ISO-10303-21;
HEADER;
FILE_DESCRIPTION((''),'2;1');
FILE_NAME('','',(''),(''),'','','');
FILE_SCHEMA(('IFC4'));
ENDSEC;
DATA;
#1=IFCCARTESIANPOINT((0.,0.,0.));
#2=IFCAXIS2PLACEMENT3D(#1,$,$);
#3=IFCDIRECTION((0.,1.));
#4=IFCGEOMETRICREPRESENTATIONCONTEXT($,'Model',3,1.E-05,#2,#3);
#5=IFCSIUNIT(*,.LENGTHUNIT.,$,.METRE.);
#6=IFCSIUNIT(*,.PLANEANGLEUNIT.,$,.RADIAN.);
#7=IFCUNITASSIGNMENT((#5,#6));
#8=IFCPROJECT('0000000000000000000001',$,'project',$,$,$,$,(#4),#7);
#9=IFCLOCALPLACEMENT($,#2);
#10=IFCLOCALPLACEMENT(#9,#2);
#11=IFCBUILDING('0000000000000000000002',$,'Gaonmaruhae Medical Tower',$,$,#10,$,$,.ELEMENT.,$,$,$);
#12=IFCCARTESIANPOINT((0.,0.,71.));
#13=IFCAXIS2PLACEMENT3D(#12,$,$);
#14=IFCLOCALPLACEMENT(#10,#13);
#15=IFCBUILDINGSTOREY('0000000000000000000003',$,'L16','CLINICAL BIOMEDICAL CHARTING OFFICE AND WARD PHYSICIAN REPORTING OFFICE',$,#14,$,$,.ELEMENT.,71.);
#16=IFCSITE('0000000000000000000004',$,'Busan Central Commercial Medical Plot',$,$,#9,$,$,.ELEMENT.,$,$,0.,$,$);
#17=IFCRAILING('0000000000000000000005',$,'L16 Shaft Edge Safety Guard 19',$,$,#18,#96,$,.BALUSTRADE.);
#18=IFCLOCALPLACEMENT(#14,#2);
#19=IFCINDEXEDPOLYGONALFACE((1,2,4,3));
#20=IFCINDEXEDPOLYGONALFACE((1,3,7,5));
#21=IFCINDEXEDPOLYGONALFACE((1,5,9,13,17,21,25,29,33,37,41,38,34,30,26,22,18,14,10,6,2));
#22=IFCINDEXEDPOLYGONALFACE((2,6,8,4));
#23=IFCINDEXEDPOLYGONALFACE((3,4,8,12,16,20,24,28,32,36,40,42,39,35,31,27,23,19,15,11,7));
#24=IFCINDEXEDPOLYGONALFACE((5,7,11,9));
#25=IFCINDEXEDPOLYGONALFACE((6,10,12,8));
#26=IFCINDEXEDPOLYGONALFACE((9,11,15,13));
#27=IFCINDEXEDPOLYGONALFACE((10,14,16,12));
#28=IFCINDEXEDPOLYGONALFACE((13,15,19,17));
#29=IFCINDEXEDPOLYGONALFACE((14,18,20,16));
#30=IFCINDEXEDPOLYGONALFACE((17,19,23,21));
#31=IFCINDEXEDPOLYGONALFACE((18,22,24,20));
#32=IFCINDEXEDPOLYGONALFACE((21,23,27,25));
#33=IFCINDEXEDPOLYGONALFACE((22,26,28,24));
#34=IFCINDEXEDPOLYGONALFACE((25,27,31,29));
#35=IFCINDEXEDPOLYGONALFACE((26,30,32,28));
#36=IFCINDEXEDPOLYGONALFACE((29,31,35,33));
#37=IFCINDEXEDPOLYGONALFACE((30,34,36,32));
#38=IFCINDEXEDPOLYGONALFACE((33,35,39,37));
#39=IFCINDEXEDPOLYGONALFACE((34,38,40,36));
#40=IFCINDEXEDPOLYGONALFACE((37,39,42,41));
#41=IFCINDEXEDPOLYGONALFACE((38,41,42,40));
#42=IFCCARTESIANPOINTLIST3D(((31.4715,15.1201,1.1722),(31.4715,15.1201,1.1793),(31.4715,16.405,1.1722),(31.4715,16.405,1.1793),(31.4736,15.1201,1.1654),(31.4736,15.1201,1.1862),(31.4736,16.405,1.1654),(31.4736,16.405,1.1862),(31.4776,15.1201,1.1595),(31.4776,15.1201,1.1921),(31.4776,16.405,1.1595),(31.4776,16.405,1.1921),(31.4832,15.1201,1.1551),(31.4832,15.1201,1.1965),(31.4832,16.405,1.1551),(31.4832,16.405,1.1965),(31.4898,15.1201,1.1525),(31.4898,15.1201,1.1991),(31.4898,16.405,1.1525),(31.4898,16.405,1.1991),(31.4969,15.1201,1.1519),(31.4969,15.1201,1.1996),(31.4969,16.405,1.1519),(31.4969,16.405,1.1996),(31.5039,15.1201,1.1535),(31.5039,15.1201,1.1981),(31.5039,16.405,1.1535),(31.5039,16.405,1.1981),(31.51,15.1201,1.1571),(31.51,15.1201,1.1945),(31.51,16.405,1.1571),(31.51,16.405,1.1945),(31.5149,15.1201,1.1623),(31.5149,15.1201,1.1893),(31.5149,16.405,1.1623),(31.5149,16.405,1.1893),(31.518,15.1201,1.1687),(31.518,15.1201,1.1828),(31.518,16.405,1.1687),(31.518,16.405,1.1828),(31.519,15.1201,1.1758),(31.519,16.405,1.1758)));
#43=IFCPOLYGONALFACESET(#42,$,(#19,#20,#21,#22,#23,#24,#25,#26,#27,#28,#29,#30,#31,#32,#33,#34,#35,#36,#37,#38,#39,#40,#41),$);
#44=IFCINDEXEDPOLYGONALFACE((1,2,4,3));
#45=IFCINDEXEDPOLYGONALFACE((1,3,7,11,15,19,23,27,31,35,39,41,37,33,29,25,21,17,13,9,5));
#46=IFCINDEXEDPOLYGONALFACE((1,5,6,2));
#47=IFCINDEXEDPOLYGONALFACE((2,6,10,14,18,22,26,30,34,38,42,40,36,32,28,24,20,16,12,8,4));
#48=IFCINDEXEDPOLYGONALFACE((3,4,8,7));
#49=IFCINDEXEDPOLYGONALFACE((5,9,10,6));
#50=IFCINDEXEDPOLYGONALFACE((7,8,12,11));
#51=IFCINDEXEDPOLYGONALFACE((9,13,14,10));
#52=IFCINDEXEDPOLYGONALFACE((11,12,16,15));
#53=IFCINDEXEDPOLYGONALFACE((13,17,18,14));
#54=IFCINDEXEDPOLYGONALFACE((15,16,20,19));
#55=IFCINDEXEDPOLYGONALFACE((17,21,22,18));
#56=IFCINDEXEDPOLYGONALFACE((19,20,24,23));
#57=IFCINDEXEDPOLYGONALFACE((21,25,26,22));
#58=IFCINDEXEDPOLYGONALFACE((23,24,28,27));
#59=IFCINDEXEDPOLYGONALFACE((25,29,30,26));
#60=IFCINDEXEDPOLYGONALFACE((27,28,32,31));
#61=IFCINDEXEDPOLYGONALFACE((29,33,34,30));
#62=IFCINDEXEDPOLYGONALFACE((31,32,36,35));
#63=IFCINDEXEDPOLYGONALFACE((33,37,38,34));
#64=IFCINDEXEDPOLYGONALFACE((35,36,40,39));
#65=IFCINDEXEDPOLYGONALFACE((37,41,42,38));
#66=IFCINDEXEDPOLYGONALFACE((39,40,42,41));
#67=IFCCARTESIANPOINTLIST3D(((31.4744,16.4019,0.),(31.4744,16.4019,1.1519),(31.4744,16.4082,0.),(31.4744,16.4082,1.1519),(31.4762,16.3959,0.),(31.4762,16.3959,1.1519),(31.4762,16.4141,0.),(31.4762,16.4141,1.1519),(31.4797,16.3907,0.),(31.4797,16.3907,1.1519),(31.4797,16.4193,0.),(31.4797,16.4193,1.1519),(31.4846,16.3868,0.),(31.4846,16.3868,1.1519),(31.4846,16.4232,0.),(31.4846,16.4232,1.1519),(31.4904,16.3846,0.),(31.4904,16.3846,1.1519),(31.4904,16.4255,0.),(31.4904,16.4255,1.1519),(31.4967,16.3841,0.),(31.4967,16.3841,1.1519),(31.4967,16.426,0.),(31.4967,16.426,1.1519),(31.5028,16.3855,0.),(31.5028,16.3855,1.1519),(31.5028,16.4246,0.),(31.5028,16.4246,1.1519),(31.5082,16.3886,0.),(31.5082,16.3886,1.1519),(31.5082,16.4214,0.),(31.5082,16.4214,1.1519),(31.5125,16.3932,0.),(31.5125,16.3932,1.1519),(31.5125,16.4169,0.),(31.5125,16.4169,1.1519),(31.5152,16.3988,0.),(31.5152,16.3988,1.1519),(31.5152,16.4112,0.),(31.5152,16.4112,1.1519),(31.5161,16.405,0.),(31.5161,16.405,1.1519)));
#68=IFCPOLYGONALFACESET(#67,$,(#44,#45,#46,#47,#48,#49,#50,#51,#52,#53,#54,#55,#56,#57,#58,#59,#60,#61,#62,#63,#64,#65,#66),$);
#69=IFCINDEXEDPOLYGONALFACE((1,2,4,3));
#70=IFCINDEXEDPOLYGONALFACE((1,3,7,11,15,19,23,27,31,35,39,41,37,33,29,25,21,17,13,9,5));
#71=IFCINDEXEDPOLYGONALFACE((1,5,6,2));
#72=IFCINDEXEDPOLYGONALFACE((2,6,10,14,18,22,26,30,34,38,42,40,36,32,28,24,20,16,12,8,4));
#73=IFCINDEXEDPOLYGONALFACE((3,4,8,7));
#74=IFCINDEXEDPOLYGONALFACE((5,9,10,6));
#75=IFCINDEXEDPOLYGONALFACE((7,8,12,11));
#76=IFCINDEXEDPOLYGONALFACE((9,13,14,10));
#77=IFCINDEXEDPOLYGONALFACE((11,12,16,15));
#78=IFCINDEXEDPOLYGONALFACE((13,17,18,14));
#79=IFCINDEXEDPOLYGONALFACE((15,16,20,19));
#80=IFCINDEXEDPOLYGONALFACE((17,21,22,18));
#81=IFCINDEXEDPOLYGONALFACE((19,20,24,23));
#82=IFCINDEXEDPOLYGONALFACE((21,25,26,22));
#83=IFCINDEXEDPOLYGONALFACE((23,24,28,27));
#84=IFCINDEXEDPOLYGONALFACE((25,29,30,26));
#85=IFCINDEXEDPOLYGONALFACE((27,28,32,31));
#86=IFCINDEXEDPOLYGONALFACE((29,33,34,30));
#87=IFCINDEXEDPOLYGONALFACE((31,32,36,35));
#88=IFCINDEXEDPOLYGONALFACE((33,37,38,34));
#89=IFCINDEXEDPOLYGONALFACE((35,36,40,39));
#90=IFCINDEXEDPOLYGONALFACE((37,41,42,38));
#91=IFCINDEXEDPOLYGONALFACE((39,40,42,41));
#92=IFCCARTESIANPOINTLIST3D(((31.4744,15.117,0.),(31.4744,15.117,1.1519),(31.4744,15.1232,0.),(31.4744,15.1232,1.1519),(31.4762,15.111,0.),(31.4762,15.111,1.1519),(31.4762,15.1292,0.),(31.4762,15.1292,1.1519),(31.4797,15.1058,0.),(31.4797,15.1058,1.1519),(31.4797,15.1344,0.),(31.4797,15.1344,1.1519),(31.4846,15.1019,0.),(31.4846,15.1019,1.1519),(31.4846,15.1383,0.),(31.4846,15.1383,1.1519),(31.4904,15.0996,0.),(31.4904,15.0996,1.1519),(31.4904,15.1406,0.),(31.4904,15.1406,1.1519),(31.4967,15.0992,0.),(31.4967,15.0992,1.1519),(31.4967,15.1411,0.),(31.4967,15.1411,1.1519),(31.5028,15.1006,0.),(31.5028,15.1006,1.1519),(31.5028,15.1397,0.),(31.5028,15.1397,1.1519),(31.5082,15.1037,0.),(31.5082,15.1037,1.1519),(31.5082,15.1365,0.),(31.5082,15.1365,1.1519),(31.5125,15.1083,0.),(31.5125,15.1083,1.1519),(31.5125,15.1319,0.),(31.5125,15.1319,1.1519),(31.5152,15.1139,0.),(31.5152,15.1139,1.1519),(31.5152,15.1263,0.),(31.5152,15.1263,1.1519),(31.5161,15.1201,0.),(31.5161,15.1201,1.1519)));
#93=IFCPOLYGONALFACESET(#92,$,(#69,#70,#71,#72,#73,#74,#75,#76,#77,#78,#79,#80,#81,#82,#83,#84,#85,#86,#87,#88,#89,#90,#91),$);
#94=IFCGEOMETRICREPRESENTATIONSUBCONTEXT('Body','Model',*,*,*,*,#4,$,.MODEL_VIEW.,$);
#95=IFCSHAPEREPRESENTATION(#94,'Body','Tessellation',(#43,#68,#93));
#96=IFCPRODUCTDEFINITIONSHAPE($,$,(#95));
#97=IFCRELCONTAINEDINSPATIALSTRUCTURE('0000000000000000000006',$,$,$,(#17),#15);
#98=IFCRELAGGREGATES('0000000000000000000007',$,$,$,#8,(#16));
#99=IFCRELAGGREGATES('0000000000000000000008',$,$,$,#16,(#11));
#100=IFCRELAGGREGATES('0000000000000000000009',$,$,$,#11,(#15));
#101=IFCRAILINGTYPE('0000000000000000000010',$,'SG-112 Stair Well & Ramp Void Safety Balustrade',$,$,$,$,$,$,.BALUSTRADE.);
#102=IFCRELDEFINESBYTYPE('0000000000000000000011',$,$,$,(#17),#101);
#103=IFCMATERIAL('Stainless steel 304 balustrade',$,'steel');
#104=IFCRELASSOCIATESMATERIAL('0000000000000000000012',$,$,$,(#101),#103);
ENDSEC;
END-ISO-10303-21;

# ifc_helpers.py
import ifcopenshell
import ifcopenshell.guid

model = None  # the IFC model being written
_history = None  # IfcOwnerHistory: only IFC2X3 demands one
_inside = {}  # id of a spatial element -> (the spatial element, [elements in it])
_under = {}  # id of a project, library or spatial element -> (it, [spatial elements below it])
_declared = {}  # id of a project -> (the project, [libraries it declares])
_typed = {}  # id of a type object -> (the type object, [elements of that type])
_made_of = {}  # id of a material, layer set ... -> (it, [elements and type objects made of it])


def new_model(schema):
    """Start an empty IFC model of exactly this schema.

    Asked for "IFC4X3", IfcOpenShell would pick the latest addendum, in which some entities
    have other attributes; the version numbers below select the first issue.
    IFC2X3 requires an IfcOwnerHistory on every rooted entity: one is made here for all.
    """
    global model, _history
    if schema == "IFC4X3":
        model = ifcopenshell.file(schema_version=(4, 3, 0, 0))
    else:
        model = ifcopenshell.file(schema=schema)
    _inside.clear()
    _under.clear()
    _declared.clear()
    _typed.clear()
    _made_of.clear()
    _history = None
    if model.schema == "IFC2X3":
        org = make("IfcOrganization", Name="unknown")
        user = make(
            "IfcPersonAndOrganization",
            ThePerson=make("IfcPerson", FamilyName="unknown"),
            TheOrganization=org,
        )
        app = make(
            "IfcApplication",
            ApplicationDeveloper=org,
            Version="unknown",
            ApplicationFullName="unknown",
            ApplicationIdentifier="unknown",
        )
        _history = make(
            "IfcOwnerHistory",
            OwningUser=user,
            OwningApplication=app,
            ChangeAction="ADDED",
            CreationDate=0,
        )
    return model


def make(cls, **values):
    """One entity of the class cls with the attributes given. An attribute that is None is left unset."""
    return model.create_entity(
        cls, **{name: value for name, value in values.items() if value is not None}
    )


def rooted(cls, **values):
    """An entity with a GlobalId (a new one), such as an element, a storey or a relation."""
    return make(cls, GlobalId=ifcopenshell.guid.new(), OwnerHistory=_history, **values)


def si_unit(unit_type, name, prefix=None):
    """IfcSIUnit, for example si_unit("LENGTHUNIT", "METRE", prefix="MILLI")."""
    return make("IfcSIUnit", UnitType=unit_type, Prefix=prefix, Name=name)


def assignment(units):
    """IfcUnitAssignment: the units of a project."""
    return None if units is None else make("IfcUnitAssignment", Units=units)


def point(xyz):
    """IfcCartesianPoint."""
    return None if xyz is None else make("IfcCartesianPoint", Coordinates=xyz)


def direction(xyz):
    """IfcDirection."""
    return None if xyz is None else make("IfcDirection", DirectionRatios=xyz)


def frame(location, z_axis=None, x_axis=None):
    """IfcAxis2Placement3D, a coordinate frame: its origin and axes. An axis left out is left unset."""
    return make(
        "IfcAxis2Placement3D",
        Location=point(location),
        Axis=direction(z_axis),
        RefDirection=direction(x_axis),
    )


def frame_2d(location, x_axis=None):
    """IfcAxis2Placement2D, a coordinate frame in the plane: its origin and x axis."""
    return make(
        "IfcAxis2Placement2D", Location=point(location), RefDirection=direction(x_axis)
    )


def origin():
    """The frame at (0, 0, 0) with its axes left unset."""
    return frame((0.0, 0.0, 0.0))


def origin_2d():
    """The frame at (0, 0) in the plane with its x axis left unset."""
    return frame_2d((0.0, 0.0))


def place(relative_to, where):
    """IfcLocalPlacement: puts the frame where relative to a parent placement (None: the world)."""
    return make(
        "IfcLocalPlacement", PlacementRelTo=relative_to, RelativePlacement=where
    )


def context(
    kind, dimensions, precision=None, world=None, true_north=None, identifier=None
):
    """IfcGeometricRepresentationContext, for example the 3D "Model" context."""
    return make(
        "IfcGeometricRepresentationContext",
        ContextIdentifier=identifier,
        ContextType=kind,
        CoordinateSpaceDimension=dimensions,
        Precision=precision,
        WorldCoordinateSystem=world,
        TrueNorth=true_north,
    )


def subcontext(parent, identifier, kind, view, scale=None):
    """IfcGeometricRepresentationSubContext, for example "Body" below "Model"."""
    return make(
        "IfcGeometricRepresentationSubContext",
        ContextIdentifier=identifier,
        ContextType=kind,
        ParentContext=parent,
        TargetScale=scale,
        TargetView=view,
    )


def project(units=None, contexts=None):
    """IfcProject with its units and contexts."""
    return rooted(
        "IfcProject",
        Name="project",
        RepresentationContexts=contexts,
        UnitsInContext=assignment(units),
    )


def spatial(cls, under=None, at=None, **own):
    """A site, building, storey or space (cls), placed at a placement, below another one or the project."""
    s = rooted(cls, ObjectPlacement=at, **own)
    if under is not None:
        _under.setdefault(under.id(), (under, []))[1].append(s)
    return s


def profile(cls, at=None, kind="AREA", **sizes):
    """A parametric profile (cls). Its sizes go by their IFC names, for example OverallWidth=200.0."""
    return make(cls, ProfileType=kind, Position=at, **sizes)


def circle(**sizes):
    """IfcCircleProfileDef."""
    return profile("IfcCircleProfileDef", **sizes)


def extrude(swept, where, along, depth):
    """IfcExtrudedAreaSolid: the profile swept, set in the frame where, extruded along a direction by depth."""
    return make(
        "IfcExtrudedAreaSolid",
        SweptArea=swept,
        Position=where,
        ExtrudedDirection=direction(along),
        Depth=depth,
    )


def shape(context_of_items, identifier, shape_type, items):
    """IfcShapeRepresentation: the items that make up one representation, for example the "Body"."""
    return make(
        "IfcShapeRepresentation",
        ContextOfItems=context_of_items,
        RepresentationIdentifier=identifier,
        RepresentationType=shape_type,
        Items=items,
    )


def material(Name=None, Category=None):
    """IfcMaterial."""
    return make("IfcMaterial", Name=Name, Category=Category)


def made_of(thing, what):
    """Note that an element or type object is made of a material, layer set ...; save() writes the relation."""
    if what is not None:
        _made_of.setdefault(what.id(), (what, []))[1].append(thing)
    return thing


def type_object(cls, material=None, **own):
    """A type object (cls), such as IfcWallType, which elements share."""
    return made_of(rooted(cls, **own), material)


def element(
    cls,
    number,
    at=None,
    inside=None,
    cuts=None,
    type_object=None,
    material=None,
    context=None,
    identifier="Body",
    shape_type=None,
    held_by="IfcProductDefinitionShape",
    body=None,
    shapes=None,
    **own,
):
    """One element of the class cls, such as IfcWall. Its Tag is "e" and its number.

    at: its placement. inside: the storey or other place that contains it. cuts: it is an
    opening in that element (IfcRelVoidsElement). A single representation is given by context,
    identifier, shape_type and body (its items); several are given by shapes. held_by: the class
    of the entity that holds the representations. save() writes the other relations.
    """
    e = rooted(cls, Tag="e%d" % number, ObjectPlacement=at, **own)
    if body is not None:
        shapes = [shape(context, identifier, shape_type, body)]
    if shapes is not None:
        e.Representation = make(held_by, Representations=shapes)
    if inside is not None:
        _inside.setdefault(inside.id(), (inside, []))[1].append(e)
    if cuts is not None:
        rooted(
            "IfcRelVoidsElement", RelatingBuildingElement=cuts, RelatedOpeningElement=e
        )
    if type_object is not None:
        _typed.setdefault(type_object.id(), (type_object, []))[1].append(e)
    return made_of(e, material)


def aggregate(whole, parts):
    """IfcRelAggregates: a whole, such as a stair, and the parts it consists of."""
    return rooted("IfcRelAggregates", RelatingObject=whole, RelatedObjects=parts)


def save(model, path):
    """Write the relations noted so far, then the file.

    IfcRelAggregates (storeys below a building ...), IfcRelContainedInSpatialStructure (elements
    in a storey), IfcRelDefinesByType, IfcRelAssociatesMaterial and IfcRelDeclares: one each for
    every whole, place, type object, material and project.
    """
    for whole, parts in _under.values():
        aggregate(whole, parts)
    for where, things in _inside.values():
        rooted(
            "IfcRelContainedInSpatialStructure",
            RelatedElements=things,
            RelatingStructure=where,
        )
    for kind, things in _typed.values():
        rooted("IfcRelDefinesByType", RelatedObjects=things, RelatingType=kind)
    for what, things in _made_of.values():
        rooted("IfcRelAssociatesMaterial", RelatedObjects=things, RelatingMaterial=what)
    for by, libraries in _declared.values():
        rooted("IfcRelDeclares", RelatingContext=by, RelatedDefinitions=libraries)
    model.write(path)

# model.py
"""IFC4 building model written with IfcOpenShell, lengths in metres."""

from ifc_helpers import new_model, si_unit, direction, frame, origin, origin_2d, place, context, subcontext, project, spatial, circle, extrude, material, type_object, element, save


model = new_model("IFC4")

# Units and contexts
model_context = context("Model", 3, precision=1e-05, world=origin(), true_north=direction((0.0, 1.0)))
body_context = subcontext(model_context, "Body", "Model", "MODEL_VIEW")
ifc_project = project(units=[si_unit("LENGTHUNIT", "METRE"), si_unit("PLANEANGLEUNIT", "RADIAN")], contexts=[model_context])

# Site, building, storey
site_placement = place(None, origin())
site = spatial("IfcSite", under=ifc_project, at=site_placement, Name="Busan Central Commercial Medical Plot", CompositionType="ELEMENT", RefElevation=0.0)
building_placement = place(site_placement, origin())
building = spatial("IfcBuilding", under=site, at=building_placement, Name="Gaonmaruhae Medical Tower", CompositionType="ELEMENT")
storey_placement = place(building_placement, frame((0.0, 0.0, 71.0)))
storey = spatial("IfcBuildingStorey", under=building, at=storey_placement, Name="L16", Description="CLINICAL BIOMEDICAL CHARTING OFFICE AND WARD PHYSICIAN REPORTING OFFICE", CompositionType="ELEMENT", Elevation=71.0)

# Railing
ifc_material_1 = material(Name="Stainless steel 304 balustrade", Category="steel")
railing_type = type_object("IfcRailingType", Name="SG-112 Stair Well & Ramp Void Safety Balustrade", PredefinedType="BALUSTRADE", material=ifc_material_1)
railing_1_placement = place(storey_placement, frame((31.4951, 16.405, 0.0)))
element("IfcRailing", 1, at=railing_1_placement, inside=storey, type_object=railing_type, Name="L16 Shaft Edge Safety Guard 19", PredefinedType="BALUSTRADE", context=body_context, shape_type="SweptSolid", body=[
    extrude(circle(Radius=0.0239, at=origin_2d()), frame((0.0, 0.0, 1.1758), z_axis=(0.0, -1.0, 0.0), x_axis=(1.0, 0.0, 0.0)), (0.0, 0.0, 1.0), 1.2849),
    extrude(circle(Radius=0.021, at=origin_2d()), origin(), (0.0, 0.0, 1.0), 1.1519),
    extrude(circle(Radius=0.021, at=origin_2d()), frame((0.0, -1.2849, 0.0)), (0.0, 0.0, 1.0), 1.1519),
])

save(model, "model.ifc")
